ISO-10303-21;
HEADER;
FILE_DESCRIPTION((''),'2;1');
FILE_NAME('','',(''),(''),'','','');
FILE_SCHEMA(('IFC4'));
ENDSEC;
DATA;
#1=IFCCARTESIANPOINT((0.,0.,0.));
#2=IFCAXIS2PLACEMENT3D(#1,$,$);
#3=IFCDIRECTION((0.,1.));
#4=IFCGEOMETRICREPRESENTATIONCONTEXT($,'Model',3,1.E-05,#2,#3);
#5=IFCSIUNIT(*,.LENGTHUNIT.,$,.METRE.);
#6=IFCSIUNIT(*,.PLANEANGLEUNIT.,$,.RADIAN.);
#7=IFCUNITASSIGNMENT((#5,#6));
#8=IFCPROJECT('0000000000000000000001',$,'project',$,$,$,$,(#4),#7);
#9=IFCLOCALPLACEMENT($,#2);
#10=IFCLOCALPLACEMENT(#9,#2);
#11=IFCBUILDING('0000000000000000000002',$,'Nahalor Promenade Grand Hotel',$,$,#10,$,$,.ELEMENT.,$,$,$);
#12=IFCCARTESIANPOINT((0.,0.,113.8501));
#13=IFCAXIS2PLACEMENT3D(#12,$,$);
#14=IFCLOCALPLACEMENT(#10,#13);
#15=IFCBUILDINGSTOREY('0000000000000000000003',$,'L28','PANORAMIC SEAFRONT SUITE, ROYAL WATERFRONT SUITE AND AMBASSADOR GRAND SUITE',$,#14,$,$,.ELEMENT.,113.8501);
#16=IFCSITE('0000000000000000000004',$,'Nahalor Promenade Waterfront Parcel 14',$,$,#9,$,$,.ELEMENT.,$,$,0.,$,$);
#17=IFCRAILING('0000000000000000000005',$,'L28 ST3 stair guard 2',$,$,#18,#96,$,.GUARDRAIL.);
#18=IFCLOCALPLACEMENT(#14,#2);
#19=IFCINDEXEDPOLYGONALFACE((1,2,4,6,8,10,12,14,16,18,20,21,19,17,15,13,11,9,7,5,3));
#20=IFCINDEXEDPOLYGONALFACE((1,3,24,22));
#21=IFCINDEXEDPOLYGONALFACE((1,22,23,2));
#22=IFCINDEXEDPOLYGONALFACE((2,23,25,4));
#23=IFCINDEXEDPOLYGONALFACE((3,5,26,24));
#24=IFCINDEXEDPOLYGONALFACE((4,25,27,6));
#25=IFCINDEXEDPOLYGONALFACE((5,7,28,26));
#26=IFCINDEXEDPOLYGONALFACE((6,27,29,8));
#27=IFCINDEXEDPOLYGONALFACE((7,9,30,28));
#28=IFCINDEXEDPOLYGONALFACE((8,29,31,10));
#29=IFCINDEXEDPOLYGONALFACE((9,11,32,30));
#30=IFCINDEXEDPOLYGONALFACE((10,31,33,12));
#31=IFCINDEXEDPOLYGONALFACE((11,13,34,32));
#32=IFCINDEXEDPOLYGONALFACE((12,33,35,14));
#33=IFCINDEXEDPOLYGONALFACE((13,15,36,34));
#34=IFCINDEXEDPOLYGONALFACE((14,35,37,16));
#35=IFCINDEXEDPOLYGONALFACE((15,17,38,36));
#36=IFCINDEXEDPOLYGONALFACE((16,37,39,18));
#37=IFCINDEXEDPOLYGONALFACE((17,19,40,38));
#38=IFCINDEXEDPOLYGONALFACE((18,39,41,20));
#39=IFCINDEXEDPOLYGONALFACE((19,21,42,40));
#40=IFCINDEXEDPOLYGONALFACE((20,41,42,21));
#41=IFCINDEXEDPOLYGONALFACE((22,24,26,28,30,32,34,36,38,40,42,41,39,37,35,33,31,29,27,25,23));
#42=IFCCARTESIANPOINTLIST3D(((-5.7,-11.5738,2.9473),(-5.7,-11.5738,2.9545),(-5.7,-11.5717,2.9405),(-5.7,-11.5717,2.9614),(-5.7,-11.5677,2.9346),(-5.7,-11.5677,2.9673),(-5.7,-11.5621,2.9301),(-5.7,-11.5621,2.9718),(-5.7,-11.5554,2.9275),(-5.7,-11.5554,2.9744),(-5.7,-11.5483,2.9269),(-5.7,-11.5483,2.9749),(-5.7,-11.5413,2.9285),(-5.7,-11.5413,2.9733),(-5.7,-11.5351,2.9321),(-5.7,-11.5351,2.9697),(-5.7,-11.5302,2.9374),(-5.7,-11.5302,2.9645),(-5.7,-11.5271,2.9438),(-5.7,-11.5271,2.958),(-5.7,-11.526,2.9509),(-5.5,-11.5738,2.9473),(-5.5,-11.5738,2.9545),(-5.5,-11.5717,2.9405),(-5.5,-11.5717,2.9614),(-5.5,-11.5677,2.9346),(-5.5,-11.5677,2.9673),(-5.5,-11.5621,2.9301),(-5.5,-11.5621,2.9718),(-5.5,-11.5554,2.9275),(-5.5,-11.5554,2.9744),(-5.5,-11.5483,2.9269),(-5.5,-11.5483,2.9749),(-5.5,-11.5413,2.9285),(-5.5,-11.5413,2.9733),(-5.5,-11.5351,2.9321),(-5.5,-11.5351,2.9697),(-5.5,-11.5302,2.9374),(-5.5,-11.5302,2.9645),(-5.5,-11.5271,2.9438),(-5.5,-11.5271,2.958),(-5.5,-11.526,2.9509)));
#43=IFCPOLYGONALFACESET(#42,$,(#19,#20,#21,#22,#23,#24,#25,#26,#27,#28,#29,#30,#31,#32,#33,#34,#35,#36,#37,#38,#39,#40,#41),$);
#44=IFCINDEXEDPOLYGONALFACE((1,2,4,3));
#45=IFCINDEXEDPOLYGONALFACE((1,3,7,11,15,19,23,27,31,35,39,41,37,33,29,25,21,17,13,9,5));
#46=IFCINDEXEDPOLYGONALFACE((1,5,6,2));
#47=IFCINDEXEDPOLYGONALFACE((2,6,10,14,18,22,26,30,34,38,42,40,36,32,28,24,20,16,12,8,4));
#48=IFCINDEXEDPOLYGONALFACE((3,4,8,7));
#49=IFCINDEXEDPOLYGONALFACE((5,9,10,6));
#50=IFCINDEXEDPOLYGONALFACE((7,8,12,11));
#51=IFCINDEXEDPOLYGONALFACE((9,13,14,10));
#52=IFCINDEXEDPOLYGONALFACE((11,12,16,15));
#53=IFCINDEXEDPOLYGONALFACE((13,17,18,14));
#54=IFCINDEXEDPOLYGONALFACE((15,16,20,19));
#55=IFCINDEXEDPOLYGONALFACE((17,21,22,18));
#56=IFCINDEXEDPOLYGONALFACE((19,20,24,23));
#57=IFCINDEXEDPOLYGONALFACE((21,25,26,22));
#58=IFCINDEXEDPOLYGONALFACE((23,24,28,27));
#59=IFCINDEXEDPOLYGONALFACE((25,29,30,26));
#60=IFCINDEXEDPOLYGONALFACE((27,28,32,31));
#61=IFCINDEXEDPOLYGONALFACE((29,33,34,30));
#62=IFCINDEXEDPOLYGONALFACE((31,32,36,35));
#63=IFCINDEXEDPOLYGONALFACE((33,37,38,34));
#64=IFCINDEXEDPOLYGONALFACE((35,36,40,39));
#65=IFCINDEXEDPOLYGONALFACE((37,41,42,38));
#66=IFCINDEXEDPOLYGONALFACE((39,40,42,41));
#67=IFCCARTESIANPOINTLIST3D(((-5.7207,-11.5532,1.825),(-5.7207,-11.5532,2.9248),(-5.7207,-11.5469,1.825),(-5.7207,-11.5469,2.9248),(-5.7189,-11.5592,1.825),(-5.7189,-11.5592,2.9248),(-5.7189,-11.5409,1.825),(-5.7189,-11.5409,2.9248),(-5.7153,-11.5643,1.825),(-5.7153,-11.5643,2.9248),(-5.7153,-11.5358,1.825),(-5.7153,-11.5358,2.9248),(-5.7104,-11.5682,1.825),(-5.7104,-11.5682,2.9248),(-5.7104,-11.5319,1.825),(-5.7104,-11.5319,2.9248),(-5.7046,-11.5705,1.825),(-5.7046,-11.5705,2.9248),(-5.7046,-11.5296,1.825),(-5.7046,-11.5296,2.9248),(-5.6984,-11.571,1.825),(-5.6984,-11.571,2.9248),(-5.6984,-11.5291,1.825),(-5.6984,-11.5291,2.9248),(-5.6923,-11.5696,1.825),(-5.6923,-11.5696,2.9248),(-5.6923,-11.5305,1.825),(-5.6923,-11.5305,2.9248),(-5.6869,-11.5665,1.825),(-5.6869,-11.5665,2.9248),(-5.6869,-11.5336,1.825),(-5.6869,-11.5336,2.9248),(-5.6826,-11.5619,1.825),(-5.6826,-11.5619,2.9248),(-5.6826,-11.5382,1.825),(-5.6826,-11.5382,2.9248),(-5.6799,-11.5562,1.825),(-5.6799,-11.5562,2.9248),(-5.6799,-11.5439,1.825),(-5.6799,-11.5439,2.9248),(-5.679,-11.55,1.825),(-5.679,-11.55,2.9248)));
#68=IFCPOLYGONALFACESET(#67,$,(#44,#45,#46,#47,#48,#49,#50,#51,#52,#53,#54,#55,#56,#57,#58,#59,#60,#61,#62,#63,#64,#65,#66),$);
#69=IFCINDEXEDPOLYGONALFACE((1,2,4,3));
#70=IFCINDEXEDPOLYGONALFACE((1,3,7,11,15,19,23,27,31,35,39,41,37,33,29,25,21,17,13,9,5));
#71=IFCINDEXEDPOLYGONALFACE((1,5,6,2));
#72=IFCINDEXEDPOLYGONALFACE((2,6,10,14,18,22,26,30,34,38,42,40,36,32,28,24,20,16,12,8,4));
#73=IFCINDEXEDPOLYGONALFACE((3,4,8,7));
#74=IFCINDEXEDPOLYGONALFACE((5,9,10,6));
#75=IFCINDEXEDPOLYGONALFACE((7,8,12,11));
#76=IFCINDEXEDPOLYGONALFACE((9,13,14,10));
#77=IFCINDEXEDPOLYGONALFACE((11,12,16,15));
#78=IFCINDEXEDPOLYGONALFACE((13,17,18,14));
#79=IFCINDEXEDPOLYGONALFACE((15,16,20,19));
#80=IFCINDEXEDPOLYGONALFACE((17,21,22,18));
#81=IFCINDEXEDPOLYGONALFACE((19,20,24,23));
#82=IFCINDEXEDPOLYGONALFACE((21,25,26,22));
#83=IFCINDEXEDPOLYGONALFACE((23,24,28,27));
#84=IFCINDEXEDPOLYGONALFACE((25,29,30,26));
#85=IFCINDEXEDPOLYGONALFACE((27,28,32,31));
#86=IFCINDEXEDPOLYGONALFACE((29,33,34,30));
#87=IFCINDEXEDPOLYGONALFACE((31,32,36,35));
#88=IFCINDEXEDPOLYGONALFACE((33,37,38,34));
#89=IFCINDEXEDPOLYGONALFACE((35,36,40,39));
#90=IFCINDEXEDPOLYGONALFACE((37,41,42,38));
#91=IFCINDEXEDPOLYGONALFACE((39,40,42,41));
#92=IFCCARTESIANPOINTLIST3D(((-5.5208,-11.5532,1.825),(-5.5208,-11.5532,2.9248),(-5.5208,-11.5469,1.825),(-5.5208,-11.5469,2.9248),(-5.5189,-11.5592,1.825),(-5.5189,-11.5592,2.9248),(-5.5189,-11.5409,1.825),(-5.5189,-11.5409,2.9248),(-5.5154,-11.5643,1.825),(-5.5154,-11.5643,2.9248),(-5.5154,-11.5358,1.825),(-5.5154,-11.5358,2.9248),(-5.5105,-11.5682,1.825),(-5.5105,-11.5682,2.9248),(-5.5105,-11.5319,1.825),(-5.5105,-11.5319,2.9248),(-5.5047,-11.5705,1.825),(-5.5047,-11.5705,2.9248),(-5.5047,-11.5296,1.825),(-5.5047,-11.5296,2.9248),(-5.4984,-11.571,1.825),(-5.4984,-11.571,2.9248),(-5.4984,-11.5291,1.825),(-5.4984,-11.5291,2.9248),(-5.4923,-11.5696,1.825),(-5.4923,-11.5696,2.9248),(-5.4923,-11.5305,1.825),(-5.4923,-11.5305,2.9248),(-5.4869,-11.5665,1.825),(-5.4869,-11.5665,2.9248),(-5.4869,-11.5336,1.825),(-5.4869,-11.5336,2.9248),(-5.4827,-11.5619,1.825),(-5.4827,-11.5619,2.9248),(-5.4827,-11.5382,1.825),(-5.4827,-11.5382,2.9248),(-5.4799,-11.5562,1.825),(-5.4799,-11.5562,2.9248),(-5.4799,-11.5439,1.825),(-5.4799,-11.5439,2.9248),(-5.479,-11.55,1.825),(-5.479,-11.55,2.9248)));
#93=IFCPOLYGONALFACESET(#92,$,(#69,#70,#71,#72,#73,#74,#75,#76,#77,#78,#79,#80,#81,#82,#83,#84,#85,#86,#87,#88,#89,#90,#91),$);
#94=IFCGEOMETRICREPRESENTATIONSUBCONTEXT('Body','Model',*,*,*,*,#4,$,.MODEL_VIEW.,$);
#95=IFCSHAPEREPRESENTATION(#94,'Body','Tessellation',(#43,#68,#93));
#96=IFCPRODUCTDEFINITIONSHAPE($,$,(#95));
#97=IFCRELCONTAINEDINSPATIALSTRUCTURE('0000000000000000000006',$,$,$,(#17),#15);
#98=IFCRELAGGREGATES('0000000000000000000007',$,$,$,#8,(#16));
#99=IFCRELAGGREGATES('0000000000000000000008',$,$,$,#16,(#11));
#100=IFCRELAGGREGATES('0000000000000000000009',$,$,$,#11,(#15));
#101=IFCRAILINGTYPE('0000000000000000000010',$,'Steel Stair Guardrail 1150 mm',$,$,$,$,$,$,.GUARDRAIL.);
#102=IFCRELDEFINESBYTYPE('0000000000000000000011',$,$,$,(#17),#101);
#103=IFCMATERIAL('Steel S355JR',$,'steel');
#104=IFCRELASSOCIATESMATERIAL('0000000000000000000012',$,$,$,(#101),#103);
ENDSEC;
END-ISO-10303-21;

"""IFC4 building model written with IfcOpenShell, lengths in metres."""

from ifc_helpers import new_model, si_unit, direction, frame, origin, origin_2d, place, context, subcontext, project, spatial, circle, extrude, material, type_object, element, save


model = new_model("IFC4")

# Units and contexts
model_context = context("Model", 3, precision=1e-05, world=origin(), true_north=direction((0.0, 1.0)))
body_context = subcontext(model_context, "Body", "Model", "MODEL_VIEW")
ifc_project = project(units=[si_unit("LENGTHUNIT", "METRE"), si_unit("PLANEANGLEUNIT", "RADIAN")], contexts=[model_context])

# Site, building, storey
site_placement = place(None, origin())
site = spatial("IfcSite", under=ifc_project, at=site_placement, Name="Nahalor Promenade Waterfront Parcel 14", CompositionType="ELEMENT", RefElevation=0.0)
building_placement = place(site_placement, origin())
building = spatial("IfcBuilding", under=site, at=building_placement, Name="Nahalor Promenade Grand Hotel", CompositionType="ELEMENT")
storey_placement = place(building_placement, frame((0.0, 0.0, 113.8501)))
storey = spatial("IfcBuildingStorey", under=building, at=storey_placement, Name="L28", Description="PANORAMIC SEAFRONT SUITE, ROYAL WATERFRONT SUITE AND AMBASSADOR GRAND SUITE", CompositionType="ELEMENT", Elevation=113.8501)

# Shared definitions
ifc_material_1 = material(Name="Steel S355JR", Category="steel")

# Railing
railing_type_1 = type_object("IfcRailingType", Name="Steel Stair Guardrail 1150 mm", PredefinedType="GUARDRAIL", material=ifc_material_1)
railing_1_placement = place(storey_placement, frame((-5.7, -11.55, 1.825)))
element("IfcRailing", 1, at=railing_1_placement, inside=storey, type_object=railing_type_1, Name="L28 ST3 stair guard 2", PredefinedType="GUARDRAIL", context=body_context, shape_type="SweptSolid", body=[
    extrude(circle(Radius=0.024, at=origin_2d()), frame((0.0, 0.0, 1.126), z_axis=(1.0, 0.0, 0.0), x_axis=(0.0, 1.0, 0.0)), (0.0, 0.0, 1.0), 0.2),
    extrude(circle(Radius=0.021, at=origin_2d()), origin(), (0.0, 0.0, 1.0), 1.0999),
    extrude(circle(Radius=0.021, at=origin_2d()), frame((0.2, 0.0, 0.0)), (0.0, 0.0, 1.0), 1.0999),
])

save(model, "model.ifc")
